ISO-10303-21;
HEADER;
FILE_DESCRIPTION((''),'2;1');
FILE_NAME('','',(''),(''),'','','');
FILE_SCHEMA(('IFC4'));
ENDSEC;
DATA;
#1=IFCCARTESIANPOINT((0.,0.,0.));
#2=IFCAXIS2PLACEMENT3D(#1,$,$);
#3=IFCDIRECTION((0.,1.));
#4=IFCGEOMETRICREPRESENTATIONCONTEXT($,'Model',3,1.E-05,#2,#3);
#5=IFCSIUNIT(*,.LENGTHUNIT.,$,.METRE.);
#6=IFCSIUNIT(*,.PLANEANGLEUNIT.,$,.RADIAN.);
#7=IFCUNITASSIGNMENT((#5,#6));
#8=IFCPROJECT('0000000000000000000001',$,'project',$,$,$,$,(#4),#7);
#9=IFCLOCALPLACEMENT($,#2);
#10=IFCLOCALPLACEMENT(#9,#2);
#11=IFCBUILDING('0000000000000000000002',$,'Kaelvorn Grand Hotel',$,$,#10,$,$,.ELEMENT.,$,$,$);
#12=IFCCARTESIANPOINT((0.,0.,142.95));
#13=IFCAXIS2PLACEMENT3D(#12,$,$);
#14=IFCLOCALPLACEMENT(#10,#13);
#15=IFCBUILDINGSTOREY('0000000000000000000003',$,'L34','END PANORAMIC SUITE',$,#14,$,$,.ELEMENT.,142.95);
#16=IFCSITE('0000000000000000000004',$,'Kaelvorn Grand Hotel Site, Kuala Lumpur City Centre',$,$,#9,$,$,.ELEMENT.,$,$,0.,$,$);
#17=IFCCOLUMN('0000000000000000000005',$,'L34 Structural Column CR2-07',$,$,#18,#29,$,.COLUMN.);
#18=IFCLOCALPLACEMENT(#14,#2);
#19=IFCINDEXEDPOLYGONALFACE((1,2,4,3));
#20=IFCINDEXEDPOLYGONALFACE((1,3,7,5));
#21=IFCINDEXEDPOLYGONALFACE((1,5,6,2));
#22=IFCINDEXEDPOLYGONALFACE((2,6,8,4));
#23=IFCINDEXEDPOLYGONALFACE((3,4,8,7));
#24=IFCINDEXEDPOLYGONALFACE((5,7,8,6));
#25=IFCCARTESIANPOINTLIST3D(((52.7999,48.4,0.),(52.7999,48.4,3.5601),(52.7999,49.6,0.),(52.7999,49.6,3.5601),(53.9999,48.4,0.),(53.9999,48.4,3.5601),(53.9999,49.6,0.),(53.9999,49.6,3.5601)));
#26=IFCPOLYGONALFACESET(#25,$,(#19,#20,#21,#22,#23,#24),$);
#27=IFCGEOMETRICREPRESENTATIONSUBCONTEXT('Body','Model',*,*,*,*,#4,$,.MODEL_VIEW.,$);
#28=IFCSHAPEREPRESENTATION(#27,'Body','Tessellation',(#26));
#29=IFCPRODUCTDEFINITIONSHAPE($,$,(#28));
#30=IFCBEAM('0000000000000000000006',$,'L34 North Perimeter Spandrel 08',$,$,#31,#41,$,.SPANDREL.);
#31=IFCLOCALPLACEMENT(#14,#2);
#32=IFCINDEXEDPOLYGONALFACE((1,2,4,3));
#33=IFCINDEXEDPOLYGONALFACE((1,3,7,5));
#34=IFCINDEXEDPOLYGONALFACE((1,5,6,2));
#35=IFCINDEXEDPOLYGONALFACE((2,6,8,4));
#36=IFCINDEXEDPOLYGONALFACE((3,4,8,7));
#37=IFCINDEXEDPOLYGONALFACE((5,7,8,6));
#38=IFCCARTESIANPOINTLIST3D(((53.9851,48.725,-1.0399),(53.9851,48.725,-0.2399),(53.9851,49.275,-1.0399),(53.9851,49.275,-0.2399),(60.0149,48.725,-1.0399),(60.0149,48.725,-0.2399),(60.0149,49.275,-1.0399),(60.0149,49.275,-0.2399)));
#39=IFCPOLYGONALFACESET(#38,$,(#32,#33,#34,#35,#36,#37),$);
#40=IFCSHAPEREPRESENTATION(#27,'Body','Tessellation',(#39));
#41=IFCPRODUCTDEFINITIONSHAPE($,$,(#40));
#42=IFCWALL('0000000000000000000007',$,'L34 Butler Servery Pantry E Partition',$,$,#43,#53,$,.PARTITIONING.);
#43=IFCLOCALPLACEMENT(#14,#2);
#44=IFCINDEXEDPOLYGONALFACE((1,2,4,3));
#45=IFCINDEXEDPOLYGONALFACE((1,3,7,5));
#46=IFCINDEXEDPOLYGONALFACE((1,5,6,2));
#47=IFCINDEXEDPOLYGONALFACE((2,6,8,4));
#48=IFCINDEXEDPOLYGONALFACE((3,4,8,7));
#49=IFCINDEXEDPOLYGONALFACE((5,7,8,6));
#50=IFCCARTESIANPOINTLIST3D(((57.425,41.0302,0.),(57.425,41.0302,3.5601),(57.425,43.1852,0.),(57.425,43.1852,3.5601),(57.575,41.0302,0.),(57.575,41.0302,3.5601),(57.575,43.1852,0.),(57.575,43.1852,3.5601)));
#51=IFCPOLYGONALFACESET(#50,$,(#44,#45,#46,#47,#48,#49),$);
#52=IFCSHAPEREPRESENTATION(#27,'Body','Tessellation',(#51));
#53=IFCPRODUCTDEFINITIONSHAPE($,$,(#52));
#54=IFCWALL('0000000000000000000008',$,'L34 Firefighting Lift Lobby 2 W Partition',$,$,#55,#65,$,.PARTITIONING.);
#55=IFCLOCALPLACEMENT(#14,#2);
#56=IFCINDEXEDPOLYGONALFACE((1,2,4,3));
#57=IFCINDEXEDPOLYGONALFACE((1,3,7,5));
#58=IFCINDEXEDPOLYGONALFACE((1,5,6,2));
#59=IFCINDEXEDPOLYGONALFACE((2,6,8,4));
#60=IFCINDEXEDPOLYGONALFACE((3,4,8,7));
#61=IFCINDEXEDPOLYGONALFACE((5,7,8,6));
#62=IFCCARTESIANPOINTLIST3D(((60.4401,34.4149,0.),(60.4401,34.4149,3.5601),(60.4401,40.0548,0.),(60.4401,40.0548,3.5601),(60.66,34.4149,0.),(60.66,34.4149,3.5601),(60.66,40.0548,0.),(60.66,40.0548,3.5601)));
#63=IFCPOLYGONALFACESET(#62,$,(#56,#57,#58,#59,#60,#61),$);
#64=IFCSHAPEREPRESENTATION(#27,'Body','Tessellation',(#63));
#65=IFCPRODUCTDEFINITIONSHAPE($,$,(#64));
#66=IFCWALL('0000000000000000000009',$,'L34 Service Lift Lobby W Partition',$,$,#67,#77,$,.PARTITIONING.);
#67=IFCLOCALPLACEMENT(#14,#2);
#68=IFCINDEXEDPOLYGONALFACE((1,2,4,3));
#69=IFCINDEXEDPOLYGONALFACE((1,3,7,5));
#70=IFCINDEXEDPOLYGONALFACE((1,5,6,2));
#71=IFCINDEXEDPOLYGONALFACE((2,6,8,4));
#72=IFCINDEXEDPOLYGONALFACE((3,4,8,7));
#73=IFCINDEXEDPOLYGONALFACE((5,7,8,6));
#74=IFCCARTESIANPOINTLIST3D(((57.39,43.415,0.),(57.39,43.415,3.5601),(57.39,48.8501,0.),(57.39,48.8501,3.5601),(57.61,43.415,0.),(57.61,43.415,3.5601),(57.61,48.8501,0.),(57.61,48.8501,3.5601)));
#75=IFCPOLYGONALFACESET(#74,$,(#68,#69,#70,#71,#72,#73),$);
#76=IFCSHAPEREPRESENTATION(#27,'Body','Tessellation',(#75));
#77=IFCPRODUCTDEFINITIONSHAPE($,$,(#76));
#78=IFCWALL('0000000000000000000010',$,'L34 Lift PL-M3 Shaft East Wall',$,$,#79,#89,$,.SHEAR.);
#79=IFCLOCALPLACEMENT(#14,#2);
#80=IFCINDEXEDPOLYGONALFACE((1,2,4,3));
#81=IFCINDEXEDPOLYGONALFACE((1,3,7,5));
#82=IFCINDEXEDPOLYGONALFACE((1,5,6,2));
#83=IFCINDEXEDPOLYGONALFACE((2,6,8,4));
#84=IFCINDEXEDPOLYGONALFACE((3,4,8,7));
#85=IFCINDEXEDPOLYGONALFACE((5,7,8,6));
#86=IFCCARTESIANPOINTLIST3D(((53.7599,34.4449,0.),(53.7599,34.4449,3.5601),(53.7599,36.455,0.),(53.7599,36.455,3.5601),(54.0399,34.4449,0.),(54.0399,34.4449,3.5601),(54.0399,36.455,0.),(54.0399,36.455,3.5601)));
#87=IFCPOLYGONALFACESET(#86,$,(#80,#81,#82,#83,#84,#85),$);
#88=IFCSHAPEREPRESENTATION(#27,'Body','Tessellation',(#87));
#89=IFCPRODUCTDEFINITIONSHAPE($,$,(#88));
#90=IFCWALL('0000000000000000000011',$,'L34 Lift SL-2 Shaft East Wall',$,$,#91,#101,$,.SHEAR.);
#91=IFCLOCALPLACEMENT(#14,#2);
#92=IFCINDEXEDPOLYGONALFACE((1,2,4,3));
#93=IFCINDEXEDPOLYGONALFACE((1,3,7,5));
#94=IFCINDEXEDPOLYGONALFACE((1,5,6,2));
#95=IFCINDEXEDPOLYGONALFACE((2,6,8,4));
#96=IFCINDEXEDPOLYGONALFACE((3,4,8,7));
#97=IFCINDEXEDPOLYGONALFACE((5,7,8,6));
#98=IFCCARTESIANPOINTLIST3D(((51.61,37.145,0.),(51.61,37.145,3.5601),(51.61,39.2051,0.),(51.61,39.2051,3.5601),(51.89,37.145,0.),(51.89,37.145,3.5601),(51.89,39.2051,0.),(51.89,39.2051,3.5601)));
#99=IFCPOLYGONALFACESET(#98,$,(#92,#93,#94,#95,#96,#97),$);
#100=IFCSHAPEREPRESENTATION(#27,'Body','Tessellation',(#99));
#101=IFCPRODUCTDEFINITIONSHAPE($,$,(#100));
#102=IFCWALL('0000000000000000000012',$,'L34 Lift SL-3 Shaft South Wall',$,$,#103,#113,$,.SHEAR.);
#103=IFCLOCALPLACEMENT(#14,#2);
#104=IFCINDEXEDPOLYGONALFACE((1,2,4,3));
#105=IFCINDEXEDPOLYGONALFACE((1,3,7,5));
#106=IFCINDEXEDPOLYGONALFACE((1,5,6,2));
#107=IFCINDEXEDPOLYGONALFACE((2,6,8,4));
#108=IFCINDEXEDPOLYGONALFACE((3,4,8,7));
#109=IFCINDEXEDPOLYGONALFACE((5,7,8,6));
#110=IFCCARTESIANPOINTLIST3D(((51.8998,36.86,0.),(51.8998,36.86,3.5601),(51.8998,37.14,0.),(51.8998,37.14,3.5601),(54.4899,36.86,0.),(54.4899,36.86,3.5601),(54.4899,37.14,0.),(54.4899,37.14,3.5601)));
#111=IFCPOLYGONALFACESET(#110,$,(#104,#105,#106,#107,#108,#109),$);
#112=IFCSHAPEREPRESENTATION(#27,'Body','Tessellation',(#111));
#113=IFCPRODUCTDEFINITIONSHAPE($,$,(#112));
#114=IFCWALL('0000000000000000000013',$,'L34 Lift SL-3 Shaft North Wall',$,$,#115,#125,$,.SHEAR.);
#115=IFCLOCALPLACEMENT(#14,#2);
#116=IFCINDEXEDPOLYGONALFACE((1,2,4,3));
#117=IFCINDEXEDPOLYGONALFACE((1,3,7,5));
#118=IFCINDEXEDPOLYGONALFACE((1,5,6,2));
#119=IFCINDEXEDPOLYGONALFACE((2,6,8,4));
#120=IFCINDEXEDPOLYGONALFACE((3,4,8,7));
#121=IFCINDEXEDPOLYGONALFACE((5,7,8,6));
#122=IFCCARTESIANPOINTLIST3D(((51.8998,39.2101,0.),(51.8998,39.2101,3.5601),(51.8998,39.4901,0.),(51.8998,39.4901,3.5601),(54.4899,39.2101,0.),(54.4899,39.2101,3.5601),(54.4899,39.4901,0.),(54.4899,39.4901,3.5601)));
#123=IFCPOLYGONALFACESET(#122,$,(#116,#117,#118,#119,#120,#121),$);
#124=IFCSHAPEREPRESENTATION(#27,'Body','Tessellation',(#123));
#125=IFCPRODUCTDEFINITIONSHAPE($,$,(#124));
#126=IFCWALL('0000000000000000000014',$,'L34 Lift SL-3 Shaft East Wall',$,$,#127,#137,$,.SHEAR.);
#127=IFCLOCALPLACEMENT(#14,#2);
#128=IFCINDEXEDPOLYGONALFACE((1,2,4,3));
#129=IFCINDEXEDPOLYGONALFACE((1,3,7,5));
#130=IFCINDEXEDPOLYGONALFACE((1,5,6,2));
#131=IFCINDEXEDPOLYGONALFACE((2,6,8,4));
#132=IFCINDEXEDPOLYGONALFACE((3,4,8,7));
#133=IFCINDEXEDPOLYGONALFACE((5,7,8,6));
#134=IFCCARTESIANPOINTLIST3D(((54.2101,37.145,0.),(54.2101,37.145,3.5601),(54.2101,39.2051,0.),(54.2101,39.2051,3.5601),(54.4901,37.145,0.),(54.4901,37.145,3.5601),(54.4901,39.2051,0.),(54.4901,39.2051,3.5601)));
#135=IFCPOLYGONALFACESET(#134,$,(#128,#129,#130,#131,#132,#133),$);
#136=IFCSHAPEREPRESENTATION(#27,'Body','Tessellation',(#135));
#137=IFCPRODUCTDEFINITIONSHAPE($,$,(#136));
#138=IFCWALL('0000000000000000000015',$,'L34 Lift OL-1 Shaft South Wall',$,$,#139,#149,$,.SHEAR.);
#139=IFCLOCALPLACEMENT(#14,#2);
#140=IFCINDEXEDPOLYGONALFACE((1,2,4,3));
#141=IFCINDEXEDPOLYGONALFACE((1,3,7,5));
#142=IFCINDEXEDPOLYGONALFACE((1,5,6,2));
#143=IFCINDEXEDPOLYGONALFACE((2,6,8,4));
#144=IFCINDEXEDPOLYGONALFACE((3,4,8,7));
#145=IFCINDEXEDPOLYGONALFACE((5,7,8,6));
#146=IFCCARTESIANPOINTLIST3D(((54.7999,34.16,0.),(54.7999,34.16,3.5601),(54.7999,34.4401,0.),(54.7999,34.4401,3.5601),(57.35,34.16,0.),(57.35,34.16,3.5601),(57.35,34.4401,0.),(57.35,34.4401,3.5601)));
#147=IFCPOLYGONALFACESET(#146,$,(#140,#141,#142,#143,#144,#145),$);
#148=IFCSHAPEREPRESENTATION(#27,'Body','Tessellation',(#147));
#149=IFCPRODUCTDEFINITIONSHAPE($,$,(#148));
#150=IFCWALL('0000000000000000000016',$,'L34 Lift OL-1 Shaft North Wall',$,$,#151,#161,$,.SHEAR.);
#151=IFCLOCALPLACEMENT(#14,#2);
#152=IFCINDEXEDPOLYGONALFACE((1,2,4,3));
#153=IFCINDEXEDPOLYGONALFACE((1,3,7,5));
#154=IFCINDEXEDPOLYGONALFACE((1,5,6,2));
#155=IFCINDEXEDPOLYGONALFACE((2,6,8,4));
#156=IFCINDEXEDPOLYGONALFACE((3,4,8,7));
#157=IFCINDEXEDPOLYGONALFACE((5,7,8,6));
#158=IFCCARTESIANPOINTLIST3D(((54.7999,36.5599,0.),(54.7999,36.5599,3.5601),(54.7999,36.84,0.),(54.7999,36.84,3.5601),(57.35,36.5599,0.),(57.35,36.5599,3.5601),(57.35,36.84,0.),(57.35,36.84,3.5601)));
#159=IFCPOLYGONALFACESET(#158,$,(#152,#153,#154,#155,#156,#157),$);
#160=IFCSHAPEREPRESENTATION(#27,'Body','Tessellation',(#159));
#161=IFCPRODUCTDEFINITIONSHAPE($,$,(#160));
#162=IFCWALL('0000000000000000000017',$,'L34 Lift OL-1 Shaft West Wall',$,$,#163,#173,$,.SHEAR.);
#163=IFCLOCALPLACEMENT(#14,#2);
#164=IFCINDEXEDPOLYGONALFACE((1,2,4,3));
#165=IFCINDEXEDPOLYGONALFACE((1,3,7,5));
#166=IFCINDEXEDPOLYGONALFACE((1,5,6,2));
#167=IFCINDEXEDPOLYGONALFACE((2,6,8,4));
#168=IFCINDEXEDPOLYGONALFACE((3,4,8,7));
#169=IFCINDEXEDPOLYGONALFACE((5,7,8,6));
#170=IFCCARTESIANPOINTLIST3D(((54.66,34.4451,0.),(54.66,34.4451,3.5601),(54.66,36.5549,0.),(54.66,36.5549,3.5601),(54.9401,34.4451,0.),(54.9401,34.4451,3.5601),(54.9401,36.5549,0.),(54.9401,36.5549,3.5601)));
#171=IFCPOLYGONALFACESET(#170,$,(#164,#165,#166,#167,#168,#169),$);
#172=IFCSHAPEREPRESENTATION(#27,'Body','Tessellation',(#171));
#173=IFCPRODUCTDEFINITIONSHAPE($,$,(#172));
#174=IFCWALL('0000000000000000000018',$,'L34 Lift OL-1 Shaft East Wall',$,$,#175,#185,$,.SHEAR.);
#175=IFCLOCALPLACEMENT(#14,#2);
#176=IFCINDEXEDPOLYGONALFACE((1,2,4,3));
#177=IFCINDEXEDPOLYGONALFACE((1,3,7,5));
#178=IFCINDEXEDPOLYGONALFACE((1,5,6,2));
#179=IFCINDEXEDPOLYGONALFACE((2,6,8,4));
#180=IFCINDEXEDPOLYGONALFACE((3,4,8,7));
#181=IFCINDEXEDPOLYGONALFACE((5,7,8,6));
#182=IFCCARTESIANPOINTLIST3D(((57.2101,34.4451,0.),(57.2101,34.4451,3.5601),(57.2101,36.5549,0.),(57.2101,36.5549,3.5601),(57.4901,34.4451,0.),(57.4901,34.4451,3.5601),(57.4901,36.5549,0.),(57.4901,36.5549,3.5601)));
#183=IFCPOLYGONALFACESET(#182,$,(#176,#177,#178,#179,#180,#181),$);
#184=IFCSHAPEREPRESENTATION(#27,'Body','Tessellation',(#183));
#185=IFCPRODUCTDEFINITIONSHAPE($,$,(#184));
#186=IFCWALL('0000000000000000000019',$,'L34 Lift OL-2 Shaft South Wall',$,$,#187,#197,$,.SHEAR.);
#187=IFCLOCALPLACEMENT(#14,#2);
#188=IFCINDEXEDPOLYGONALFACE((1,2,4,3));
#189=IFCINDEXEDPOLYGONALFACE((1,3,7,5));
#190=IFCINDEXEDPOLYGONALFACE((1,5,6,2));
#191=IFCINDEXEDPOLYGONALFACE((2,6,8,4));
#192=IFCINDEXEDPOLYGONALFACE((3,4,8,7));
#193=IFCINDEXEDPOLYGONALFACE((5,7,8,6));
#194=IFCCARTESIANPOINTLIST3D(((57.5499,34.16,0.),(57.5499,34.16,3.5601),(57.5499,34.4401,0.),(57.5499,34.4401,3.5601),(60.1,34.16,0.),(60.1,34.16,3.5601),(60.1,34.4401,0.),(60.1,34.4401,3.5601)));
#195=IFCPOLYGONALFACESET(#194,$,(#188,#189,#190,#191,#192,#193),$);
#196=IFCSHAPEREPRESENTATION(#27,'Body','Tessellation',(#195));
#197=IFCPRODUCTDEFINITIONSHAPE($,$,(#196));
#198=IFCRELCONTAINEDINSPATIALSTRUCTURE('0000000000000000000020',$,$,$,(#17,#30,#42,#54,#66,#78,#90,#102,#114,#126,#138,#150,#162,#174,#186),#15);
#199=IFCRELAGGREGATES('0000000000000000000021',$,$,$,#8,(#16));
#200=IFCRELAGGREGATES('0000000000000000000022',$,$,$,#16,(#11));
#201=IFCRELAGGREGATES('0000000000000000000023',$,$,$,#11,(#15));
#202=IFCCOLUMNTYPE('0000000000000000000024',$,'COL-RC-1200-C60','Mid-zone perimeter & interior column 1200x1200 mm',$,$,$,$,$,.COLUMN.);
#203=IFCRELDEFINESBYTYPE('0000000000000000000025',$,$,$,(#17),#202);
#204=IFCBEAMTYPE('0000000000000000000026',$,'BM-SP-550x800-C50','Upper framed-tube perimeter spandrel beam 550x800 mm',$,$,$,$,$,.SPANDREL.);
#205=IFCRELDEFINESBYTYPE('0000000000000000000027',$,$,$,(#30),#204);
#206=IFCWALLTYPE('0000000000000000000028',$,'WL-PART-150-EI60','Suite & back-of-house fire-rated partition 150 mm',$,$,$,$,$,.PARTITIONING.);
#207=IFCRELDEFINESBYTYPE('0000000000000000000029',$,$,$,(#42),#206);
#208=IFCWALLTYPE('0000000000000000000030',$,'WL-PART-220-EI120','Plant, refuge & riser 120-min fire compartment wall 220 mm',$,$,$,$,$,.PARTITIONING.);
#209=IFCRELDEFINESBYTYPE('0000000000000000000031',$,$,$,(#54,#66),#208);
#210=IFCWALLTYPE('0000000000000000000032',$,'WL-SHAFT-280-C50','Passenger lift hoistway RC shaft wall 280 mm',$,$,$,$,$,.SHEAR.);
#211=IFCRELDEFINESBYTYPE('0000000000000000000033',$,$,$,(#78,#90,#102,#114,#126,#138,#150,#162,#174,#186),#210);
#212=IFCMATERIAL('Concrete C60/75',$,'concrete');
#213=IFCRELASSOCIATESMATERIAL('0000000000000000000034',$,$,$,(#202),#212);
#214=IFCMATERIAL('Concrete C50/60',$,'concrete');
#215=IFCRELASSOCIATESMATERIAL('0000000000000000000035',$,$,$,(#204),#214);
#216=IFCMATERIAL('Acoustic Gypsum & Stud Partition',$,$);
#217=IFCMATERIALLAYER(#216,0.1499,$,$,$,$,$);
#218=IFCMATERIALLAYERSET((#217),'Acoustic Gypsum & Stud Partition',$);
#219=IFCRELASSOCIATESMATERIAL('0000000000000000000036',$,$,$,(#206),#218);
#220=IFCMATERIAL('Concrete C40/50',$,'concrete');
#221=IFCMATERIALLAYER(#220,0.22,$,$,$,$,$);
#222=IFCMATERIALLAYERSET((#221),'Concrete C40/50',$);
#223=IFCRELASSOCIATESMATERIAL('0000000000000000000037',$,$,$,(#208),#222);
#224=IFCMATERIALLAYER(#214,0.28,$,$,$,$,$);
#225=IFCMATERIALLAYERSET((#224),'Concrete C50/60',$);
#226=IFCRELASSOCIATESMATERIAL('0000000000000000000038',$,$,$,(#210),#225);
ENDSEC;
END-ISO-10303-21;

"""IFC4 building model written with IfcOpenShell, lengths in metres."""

from ifc_helpers import new_model, si_unit, direction, frame, frame_2d, origin, origin_2d, place, context, subcontext, project, spatial, rectangle, extrude, material, layer, layer_set, material_profile, profile_set, type_object, element, save


model = new_model("IFC4")

# Units and contexts
model_context = context("Model", 3, precision=1e-05, world=origin(), true_north=direction((0.0, 1.0)))
body_context = subcontext(model_context, "Body", "Model", "MODEL_VIEW")
ifc_project = project(units=[si_unit("LENGTHUNIT", "METRE"), si_unit("PLANEANGLEUNIT", "RADIAN")], contexts=[model_context])

# Site, building, storey
site_placement = place(None, origin())
site = spatial("IfcSite", under=ifc_project, at=site_placement, Name="Kaelvorn Grand Hotel Site, Kuala Lumpur City Centre", CompositionType="ELEMENT", RefElevation=0.0)
building_placement = place(site_placement, origin())
building = spatial("IfcBuilding", under=site, at=building_placement, Name="Kaelvorn Grand Hotel", CompositionType="ELEMENT")
storey_placement = place(building_placement, frame((0.0, 0.0, 142.95)))
storey = spatial("IfcBuildingStorey", under=building, at=storey_placement, Name="L34", Description="END PANORAMIC SUITE", CompositionType="ELEMENT", Elevation=142.95)

# Column
ifc_material_1 = material(Name="Concrete C60/75", Category="concrete")
ifc_material_profile_1 = material_profile(ifc_material_1, rectangle(XDim=1.2, YDim=1.2, at=origin_2d()), Name="RC COL 1200x1200")
ifc_profile_set_1 = profile_set([ifc_material_profile_1], Name="Concrete C60/75")
column_type = type_object("IfcColumnType", Name="COL-RC-1200-C60", Description="Mid-zone perimeter & interior column 1200x1200 mm", PredefinedType="COLUMN", material=ifc_profile_set_1)
column_placement = place(storey_placement, frame((53.3999, 49.0, 0.0), z_axis=(0.0, 0.0, 1.0), x_axis=(1.0, 0.0, 0.0)))
element("IfcColumn", 1, at=column_placement, inside=storey, type_object=column_type, Name="L34 Structural Column CR2-07", PredefinedType="COLUMN", context=body_context, shape_type="SweptSolid", body=[
    extrude(rectangle(XDim=1.2, YDim=1.2, at=origin_2d()), origin(), (0.0, 0.0, 1.0), 3.5601),
])

# Beam
ifc_material_2 = material(Name="Concrete C50/60", Category="concrete")
ifc_material_profile_2 = material_profile(ifc_material_2, rectangle(XDim=0.55, YDim=0.8, at=origin_2d()), Name="RC SPANDREL 550x800")
ifc_profile_set_2 = profile_set([ifc_material_profile_2], Name="Concrete C50/60")
beam_type = type_object("IfcBeamType", Name="BM-SP-550x800-C50", Description="Upper framed-tube perimeter spandrel beam 550x800 mm", PredefinedType="SPANDREL", material=ifc_profile_set_2)
beam_placement = place(storey_placement, frame((53.9851, 49.0, -0.6399), z_axis=(1.0, 0.0, 0.0), x_axis=(0.0, 1.0, 0.0)))
element("IfcBeam", 2, at=beam_placement, inside=storey, type_object=beam_type, Name="L34 North Perimeter Spandrel 08", PredefinedType="SPANDREL", context=body_context, shape_type="SweptSolid", body=[
    extrude(rectangle(XDim=0.55, YDim=0.8, at=origin_2d()), origin(), (0.0, 0.0, 1.0), 6.0298),
])

# Wall
ifc_material_3 = material(Name="Acoustic Gypsum & Stud Partition")
ifc_layer_1 = layer(ifc_material_3, 0.1499)
ifc_layer_set_1 = layer_set([ifc_layer_1], Name="Acoustic Gypsum & Stud Partition")
wall_type_1 = type_object("IfcWallType", Name="WL-PART-150-EI60", Description="Suite & back-of-house fire-rated partition 150 mm", PredefinedType="PARTITIONING", material=ifc_layer_set_1)
wall_1_placement = place(storey_placement, frame((57.5, 41.03, 0.0), z_axis=(0.0, 0.0, 1.0), x_axis=(0.0, 1.0, 0.0)))
element("IfcWall", 3, at=wall_1_placement, inside=storey, type_object=wall_type_1, Name="L34 Butler Servery Pantry E Partition", PredefinedType="PARTITIONING", context=body_context, shape_type="SweptSolid", body=[
    extrude(rectangle(XDim=2.155, YDim=0.1499, at=frame_2d((1.0776, 0.0))), origin(), (0.0, 0.0, 1.0), 3.5601),
])

# Shared definitions
ifc_material_4 = material(Name="Concrete C40/50", Category="concrete")
ifc_layer_2 = layer(ifc_material_4, 0.22)
ifc_layer_set_2 = layer_set([ifc_layer_2], Name="Concrete C40/50")
wall_type_2 = type_object("IfcWallType", Name="WL-PART-220-EI120", Description="Plant, refuge & riser 120-min fire compartment wall 220 mm", PredefinedType="PARTITIONING", material=ifc_layer_set_2)

# Wall
wall_2_placement = place(storey_placement, frame((60.55, 34.415, 0.0), z_axis=(0.0, 0.0, 1.0), x_axis=(0.0, 1.0, 0.0)))
element("IfcWall", 4, at=wall_2_placement, inside=storey, type_object=wall_type_2, Name="L34 Firefighting Lift Lobby 2 W Partition", PredefinedType="PARTITIONING", context=body_context, shape_type="SweptSolid", body=[
    extrude(rectangle(XDim=5.6399, YDim=0.22, at=frame_2d((2.8198, 0.0))), origin(), (0.0, 0.0, 1.0), 3.5601),
])

# Walls
wall_3_placement = place(storey_placement, frame((57.5, 43.415, 0.0), z_axis=(0.0, 0.0, 1.0), x_axis=(0.0, 1.0, 0.0)))
element("IfcWall", 5, at=wall_3_placement, inside=storey, type_object=wall_type_2, Name="L34 Service Lift Lobby W Partition", PredefinedType="PARTITIONING", context=body_context, shape_type="SweptSolid", body=[
    extrude(rectangle(XDim=5.4351, YDim=0.22, at=frame_2d((2.7175, 0.0))), origin(), (0.0, 0.0, 1.0), 3.5601),
])
ifc_layer_3 = layer(ifc_material_2, 0.28)
ifc_layer_set_3 = layer_set([ifc_layer_3], Name="Concrete C50/60")
wall_type_3 = type_object("IfcWallType", Name="WL-SHAFT-280-C50", Description="Passenger lift hoistway RC shaft wall 280 mm", PredefinedType="SHEAR", material=ifc_layer_set_3)
wall_4_placement = place(storey_placement, frame((53.8999, 34.4451, 0.0), z_axis=(0.0, 0.0, 1.0), x_axis=(0.0, 1.0, 0.0)))
element("IfcWall", 6, at=wall_4_placement, inside=storey, type_object=wall_type_3, Name="L34 Lift PL-M3 Shaft East Wall", PredefinedType="SHEAR", context=body_context, shape_type="SweptSolid", body=[
    extrude(rectangle(XDim=2.01, YDim=0.28, at=frame_2d((1.0049, 0.0))), origin(), (0.0, 0.0, 1.0), 3.5601),
])
wall_5_placement = place(storey_placement, frame((51.75, 37.145, 0.0), z_axis=(0.0, 0.0, 1.0), x_axis=(0.0, 1.0, 0.0)))
element("IfcWall", 7, at=wall_5_placement, inside=storey, type_object=wall_type_3, Name="L34 Lift SL-2 Shaft East Wall", PredefinedType="SHEAR", context=body_context, shape_type="SweptSolid", body=[
    extrude(rectangle(XDim=2.0601, YDim=0.28, at=frame_2d((1.03, 0.0))), origin(), (0.0, 0.0, 1.0), 3.5601),
])
for number, where, z_axis, x_axis, name in (
    (8, (51.8999, 37.0, 0.0), (0.0, 0.0, 1.0), (1.0, 0.0, 0.0), "L34 Lift SL-3 Shaft South Wall"),
    (9, (51.8999, 39.3501, 0.0), (0.0, 0.0, 1.0), (1.0, 0.0, 0.0), "L34 Lift SL-3 Shaft North Wall"),
):
    element("IfcWall", number, at=place(storey_placement, frame(where, z_axis=z_axis, x_axis=x_axis)), inside=storey, type_object=wall_type_3, Name=name, PredefinedType="SHEAR", context=body_context, shape_type="SweptSolid", body=[
        extrude(rectangle(XDim=2.5901, YDim=0.28, at=frame_2d((1.2949, 0.0))), origin(), (0.0, 0.0, 1.0), 3.5601),
    ])
wall_6_placement = place(storey_placement, frame((54.3501, 37.145, 0.0), z_axis=(0.0, 0.0, 1.0), x_axis=(0.0, 1.0, 0.0)))
element("IfcWall", 10, at=wall_6_placement, inside=storey, type_object=wall_type_3, Name="L34 Lift SL-3 Shaft East Wall", PredefinedType="SHEAR", context=body_context, shape_type="SweptSolid", body=[
    extrude(rectangle(XDim=2.0601, YDim=0.28, at=frame_2d((1.03, 0.0))), origin(), (0.0, 0.0, 1.0), 3.5601),
])
for number, where, z_axis, x_axis, name in (
    (11, (54.8, 34.3, 0.0), (0.0, 0.0, 1.0), (1.0, 0.0, 0.0), "L34 Lift OL-1 Shaft South Wall"),
    (12, (54.8, 36.7, 0.0), (0.0, 0.0, 1.0), (1.0, 0.0, 0.0), "L34 Lift OL-1 Shaft North Wall"),
):
    element("IfcWall", number, at=place(storey_placement, frame(where, z_axis=z_axis, x_axis=x_axis)), inside=storey, type_object=wall_type_3, Name=name, PredefinedType="SHEAR", context=body_context, shape_type="SweptSolid", body=[
        extrude(rectangle(XDim=2.55, YDim=0.28, at=frame_2d((1.2749, 0.0))), origin(), (0.0, 0.0, 1.0), 3.5601),
    ])
for number, where, z_axis, x_axis, name in (
    (13, (54.8, 34.4451, 0.0), (0.0, 0.0, 1.0), (0.0, 1.0, 0.0), "L34 Lift OL-1 Shaft West Wall"),
    (14, (57.3501, 34.4451, 0.0), (0.0, 0.0, 1.0), (0.0, 1.0, 0.0), "L34 Lift OL-1 Shaft East Wall"),
):
    element("IfcWall", number, at=place(storey_placement, frame(where, z_axis=z_axis, x_axis=x_axis)), inside=storey, type_object=wall_type_3, Name=name, PredefinedType="SHEAR", context=body_context, shape_type="SweptSolid", body=[
        extrude(rectangle(XDim=2.1099, YDim=0.28, at=frame_2d((1.0549, 0.0))), origin(), (0.0, 0.0, 1.0), 3.5601),
    ])
for number, where, z_axis, x_axis, name in (
    (15, (57.55, 34.3, 0.0), (0.0, 0.0, 1.0), (1.0, 0.0, 0.0), "L34 Lift OL-2 Shaft South Wall"),
):
    element("IfcWall", number, at=place(storey_placement, frame(where, z_axis=z_axis, x_axis=x_axis)), inside=storey, type_object=wall_type_3, Name=name, PredefinedType="SHEAR", context=body_context, shape_type="SweptSolid", body=[
        extrude(rectangle(XDim=2.55, YDim=0.28, at=frame_2d((1.2749, 0.0))), origin(), (0.0, 0.0, 1.0), 3.5601),
    ])

save(model, "model.ifc")
